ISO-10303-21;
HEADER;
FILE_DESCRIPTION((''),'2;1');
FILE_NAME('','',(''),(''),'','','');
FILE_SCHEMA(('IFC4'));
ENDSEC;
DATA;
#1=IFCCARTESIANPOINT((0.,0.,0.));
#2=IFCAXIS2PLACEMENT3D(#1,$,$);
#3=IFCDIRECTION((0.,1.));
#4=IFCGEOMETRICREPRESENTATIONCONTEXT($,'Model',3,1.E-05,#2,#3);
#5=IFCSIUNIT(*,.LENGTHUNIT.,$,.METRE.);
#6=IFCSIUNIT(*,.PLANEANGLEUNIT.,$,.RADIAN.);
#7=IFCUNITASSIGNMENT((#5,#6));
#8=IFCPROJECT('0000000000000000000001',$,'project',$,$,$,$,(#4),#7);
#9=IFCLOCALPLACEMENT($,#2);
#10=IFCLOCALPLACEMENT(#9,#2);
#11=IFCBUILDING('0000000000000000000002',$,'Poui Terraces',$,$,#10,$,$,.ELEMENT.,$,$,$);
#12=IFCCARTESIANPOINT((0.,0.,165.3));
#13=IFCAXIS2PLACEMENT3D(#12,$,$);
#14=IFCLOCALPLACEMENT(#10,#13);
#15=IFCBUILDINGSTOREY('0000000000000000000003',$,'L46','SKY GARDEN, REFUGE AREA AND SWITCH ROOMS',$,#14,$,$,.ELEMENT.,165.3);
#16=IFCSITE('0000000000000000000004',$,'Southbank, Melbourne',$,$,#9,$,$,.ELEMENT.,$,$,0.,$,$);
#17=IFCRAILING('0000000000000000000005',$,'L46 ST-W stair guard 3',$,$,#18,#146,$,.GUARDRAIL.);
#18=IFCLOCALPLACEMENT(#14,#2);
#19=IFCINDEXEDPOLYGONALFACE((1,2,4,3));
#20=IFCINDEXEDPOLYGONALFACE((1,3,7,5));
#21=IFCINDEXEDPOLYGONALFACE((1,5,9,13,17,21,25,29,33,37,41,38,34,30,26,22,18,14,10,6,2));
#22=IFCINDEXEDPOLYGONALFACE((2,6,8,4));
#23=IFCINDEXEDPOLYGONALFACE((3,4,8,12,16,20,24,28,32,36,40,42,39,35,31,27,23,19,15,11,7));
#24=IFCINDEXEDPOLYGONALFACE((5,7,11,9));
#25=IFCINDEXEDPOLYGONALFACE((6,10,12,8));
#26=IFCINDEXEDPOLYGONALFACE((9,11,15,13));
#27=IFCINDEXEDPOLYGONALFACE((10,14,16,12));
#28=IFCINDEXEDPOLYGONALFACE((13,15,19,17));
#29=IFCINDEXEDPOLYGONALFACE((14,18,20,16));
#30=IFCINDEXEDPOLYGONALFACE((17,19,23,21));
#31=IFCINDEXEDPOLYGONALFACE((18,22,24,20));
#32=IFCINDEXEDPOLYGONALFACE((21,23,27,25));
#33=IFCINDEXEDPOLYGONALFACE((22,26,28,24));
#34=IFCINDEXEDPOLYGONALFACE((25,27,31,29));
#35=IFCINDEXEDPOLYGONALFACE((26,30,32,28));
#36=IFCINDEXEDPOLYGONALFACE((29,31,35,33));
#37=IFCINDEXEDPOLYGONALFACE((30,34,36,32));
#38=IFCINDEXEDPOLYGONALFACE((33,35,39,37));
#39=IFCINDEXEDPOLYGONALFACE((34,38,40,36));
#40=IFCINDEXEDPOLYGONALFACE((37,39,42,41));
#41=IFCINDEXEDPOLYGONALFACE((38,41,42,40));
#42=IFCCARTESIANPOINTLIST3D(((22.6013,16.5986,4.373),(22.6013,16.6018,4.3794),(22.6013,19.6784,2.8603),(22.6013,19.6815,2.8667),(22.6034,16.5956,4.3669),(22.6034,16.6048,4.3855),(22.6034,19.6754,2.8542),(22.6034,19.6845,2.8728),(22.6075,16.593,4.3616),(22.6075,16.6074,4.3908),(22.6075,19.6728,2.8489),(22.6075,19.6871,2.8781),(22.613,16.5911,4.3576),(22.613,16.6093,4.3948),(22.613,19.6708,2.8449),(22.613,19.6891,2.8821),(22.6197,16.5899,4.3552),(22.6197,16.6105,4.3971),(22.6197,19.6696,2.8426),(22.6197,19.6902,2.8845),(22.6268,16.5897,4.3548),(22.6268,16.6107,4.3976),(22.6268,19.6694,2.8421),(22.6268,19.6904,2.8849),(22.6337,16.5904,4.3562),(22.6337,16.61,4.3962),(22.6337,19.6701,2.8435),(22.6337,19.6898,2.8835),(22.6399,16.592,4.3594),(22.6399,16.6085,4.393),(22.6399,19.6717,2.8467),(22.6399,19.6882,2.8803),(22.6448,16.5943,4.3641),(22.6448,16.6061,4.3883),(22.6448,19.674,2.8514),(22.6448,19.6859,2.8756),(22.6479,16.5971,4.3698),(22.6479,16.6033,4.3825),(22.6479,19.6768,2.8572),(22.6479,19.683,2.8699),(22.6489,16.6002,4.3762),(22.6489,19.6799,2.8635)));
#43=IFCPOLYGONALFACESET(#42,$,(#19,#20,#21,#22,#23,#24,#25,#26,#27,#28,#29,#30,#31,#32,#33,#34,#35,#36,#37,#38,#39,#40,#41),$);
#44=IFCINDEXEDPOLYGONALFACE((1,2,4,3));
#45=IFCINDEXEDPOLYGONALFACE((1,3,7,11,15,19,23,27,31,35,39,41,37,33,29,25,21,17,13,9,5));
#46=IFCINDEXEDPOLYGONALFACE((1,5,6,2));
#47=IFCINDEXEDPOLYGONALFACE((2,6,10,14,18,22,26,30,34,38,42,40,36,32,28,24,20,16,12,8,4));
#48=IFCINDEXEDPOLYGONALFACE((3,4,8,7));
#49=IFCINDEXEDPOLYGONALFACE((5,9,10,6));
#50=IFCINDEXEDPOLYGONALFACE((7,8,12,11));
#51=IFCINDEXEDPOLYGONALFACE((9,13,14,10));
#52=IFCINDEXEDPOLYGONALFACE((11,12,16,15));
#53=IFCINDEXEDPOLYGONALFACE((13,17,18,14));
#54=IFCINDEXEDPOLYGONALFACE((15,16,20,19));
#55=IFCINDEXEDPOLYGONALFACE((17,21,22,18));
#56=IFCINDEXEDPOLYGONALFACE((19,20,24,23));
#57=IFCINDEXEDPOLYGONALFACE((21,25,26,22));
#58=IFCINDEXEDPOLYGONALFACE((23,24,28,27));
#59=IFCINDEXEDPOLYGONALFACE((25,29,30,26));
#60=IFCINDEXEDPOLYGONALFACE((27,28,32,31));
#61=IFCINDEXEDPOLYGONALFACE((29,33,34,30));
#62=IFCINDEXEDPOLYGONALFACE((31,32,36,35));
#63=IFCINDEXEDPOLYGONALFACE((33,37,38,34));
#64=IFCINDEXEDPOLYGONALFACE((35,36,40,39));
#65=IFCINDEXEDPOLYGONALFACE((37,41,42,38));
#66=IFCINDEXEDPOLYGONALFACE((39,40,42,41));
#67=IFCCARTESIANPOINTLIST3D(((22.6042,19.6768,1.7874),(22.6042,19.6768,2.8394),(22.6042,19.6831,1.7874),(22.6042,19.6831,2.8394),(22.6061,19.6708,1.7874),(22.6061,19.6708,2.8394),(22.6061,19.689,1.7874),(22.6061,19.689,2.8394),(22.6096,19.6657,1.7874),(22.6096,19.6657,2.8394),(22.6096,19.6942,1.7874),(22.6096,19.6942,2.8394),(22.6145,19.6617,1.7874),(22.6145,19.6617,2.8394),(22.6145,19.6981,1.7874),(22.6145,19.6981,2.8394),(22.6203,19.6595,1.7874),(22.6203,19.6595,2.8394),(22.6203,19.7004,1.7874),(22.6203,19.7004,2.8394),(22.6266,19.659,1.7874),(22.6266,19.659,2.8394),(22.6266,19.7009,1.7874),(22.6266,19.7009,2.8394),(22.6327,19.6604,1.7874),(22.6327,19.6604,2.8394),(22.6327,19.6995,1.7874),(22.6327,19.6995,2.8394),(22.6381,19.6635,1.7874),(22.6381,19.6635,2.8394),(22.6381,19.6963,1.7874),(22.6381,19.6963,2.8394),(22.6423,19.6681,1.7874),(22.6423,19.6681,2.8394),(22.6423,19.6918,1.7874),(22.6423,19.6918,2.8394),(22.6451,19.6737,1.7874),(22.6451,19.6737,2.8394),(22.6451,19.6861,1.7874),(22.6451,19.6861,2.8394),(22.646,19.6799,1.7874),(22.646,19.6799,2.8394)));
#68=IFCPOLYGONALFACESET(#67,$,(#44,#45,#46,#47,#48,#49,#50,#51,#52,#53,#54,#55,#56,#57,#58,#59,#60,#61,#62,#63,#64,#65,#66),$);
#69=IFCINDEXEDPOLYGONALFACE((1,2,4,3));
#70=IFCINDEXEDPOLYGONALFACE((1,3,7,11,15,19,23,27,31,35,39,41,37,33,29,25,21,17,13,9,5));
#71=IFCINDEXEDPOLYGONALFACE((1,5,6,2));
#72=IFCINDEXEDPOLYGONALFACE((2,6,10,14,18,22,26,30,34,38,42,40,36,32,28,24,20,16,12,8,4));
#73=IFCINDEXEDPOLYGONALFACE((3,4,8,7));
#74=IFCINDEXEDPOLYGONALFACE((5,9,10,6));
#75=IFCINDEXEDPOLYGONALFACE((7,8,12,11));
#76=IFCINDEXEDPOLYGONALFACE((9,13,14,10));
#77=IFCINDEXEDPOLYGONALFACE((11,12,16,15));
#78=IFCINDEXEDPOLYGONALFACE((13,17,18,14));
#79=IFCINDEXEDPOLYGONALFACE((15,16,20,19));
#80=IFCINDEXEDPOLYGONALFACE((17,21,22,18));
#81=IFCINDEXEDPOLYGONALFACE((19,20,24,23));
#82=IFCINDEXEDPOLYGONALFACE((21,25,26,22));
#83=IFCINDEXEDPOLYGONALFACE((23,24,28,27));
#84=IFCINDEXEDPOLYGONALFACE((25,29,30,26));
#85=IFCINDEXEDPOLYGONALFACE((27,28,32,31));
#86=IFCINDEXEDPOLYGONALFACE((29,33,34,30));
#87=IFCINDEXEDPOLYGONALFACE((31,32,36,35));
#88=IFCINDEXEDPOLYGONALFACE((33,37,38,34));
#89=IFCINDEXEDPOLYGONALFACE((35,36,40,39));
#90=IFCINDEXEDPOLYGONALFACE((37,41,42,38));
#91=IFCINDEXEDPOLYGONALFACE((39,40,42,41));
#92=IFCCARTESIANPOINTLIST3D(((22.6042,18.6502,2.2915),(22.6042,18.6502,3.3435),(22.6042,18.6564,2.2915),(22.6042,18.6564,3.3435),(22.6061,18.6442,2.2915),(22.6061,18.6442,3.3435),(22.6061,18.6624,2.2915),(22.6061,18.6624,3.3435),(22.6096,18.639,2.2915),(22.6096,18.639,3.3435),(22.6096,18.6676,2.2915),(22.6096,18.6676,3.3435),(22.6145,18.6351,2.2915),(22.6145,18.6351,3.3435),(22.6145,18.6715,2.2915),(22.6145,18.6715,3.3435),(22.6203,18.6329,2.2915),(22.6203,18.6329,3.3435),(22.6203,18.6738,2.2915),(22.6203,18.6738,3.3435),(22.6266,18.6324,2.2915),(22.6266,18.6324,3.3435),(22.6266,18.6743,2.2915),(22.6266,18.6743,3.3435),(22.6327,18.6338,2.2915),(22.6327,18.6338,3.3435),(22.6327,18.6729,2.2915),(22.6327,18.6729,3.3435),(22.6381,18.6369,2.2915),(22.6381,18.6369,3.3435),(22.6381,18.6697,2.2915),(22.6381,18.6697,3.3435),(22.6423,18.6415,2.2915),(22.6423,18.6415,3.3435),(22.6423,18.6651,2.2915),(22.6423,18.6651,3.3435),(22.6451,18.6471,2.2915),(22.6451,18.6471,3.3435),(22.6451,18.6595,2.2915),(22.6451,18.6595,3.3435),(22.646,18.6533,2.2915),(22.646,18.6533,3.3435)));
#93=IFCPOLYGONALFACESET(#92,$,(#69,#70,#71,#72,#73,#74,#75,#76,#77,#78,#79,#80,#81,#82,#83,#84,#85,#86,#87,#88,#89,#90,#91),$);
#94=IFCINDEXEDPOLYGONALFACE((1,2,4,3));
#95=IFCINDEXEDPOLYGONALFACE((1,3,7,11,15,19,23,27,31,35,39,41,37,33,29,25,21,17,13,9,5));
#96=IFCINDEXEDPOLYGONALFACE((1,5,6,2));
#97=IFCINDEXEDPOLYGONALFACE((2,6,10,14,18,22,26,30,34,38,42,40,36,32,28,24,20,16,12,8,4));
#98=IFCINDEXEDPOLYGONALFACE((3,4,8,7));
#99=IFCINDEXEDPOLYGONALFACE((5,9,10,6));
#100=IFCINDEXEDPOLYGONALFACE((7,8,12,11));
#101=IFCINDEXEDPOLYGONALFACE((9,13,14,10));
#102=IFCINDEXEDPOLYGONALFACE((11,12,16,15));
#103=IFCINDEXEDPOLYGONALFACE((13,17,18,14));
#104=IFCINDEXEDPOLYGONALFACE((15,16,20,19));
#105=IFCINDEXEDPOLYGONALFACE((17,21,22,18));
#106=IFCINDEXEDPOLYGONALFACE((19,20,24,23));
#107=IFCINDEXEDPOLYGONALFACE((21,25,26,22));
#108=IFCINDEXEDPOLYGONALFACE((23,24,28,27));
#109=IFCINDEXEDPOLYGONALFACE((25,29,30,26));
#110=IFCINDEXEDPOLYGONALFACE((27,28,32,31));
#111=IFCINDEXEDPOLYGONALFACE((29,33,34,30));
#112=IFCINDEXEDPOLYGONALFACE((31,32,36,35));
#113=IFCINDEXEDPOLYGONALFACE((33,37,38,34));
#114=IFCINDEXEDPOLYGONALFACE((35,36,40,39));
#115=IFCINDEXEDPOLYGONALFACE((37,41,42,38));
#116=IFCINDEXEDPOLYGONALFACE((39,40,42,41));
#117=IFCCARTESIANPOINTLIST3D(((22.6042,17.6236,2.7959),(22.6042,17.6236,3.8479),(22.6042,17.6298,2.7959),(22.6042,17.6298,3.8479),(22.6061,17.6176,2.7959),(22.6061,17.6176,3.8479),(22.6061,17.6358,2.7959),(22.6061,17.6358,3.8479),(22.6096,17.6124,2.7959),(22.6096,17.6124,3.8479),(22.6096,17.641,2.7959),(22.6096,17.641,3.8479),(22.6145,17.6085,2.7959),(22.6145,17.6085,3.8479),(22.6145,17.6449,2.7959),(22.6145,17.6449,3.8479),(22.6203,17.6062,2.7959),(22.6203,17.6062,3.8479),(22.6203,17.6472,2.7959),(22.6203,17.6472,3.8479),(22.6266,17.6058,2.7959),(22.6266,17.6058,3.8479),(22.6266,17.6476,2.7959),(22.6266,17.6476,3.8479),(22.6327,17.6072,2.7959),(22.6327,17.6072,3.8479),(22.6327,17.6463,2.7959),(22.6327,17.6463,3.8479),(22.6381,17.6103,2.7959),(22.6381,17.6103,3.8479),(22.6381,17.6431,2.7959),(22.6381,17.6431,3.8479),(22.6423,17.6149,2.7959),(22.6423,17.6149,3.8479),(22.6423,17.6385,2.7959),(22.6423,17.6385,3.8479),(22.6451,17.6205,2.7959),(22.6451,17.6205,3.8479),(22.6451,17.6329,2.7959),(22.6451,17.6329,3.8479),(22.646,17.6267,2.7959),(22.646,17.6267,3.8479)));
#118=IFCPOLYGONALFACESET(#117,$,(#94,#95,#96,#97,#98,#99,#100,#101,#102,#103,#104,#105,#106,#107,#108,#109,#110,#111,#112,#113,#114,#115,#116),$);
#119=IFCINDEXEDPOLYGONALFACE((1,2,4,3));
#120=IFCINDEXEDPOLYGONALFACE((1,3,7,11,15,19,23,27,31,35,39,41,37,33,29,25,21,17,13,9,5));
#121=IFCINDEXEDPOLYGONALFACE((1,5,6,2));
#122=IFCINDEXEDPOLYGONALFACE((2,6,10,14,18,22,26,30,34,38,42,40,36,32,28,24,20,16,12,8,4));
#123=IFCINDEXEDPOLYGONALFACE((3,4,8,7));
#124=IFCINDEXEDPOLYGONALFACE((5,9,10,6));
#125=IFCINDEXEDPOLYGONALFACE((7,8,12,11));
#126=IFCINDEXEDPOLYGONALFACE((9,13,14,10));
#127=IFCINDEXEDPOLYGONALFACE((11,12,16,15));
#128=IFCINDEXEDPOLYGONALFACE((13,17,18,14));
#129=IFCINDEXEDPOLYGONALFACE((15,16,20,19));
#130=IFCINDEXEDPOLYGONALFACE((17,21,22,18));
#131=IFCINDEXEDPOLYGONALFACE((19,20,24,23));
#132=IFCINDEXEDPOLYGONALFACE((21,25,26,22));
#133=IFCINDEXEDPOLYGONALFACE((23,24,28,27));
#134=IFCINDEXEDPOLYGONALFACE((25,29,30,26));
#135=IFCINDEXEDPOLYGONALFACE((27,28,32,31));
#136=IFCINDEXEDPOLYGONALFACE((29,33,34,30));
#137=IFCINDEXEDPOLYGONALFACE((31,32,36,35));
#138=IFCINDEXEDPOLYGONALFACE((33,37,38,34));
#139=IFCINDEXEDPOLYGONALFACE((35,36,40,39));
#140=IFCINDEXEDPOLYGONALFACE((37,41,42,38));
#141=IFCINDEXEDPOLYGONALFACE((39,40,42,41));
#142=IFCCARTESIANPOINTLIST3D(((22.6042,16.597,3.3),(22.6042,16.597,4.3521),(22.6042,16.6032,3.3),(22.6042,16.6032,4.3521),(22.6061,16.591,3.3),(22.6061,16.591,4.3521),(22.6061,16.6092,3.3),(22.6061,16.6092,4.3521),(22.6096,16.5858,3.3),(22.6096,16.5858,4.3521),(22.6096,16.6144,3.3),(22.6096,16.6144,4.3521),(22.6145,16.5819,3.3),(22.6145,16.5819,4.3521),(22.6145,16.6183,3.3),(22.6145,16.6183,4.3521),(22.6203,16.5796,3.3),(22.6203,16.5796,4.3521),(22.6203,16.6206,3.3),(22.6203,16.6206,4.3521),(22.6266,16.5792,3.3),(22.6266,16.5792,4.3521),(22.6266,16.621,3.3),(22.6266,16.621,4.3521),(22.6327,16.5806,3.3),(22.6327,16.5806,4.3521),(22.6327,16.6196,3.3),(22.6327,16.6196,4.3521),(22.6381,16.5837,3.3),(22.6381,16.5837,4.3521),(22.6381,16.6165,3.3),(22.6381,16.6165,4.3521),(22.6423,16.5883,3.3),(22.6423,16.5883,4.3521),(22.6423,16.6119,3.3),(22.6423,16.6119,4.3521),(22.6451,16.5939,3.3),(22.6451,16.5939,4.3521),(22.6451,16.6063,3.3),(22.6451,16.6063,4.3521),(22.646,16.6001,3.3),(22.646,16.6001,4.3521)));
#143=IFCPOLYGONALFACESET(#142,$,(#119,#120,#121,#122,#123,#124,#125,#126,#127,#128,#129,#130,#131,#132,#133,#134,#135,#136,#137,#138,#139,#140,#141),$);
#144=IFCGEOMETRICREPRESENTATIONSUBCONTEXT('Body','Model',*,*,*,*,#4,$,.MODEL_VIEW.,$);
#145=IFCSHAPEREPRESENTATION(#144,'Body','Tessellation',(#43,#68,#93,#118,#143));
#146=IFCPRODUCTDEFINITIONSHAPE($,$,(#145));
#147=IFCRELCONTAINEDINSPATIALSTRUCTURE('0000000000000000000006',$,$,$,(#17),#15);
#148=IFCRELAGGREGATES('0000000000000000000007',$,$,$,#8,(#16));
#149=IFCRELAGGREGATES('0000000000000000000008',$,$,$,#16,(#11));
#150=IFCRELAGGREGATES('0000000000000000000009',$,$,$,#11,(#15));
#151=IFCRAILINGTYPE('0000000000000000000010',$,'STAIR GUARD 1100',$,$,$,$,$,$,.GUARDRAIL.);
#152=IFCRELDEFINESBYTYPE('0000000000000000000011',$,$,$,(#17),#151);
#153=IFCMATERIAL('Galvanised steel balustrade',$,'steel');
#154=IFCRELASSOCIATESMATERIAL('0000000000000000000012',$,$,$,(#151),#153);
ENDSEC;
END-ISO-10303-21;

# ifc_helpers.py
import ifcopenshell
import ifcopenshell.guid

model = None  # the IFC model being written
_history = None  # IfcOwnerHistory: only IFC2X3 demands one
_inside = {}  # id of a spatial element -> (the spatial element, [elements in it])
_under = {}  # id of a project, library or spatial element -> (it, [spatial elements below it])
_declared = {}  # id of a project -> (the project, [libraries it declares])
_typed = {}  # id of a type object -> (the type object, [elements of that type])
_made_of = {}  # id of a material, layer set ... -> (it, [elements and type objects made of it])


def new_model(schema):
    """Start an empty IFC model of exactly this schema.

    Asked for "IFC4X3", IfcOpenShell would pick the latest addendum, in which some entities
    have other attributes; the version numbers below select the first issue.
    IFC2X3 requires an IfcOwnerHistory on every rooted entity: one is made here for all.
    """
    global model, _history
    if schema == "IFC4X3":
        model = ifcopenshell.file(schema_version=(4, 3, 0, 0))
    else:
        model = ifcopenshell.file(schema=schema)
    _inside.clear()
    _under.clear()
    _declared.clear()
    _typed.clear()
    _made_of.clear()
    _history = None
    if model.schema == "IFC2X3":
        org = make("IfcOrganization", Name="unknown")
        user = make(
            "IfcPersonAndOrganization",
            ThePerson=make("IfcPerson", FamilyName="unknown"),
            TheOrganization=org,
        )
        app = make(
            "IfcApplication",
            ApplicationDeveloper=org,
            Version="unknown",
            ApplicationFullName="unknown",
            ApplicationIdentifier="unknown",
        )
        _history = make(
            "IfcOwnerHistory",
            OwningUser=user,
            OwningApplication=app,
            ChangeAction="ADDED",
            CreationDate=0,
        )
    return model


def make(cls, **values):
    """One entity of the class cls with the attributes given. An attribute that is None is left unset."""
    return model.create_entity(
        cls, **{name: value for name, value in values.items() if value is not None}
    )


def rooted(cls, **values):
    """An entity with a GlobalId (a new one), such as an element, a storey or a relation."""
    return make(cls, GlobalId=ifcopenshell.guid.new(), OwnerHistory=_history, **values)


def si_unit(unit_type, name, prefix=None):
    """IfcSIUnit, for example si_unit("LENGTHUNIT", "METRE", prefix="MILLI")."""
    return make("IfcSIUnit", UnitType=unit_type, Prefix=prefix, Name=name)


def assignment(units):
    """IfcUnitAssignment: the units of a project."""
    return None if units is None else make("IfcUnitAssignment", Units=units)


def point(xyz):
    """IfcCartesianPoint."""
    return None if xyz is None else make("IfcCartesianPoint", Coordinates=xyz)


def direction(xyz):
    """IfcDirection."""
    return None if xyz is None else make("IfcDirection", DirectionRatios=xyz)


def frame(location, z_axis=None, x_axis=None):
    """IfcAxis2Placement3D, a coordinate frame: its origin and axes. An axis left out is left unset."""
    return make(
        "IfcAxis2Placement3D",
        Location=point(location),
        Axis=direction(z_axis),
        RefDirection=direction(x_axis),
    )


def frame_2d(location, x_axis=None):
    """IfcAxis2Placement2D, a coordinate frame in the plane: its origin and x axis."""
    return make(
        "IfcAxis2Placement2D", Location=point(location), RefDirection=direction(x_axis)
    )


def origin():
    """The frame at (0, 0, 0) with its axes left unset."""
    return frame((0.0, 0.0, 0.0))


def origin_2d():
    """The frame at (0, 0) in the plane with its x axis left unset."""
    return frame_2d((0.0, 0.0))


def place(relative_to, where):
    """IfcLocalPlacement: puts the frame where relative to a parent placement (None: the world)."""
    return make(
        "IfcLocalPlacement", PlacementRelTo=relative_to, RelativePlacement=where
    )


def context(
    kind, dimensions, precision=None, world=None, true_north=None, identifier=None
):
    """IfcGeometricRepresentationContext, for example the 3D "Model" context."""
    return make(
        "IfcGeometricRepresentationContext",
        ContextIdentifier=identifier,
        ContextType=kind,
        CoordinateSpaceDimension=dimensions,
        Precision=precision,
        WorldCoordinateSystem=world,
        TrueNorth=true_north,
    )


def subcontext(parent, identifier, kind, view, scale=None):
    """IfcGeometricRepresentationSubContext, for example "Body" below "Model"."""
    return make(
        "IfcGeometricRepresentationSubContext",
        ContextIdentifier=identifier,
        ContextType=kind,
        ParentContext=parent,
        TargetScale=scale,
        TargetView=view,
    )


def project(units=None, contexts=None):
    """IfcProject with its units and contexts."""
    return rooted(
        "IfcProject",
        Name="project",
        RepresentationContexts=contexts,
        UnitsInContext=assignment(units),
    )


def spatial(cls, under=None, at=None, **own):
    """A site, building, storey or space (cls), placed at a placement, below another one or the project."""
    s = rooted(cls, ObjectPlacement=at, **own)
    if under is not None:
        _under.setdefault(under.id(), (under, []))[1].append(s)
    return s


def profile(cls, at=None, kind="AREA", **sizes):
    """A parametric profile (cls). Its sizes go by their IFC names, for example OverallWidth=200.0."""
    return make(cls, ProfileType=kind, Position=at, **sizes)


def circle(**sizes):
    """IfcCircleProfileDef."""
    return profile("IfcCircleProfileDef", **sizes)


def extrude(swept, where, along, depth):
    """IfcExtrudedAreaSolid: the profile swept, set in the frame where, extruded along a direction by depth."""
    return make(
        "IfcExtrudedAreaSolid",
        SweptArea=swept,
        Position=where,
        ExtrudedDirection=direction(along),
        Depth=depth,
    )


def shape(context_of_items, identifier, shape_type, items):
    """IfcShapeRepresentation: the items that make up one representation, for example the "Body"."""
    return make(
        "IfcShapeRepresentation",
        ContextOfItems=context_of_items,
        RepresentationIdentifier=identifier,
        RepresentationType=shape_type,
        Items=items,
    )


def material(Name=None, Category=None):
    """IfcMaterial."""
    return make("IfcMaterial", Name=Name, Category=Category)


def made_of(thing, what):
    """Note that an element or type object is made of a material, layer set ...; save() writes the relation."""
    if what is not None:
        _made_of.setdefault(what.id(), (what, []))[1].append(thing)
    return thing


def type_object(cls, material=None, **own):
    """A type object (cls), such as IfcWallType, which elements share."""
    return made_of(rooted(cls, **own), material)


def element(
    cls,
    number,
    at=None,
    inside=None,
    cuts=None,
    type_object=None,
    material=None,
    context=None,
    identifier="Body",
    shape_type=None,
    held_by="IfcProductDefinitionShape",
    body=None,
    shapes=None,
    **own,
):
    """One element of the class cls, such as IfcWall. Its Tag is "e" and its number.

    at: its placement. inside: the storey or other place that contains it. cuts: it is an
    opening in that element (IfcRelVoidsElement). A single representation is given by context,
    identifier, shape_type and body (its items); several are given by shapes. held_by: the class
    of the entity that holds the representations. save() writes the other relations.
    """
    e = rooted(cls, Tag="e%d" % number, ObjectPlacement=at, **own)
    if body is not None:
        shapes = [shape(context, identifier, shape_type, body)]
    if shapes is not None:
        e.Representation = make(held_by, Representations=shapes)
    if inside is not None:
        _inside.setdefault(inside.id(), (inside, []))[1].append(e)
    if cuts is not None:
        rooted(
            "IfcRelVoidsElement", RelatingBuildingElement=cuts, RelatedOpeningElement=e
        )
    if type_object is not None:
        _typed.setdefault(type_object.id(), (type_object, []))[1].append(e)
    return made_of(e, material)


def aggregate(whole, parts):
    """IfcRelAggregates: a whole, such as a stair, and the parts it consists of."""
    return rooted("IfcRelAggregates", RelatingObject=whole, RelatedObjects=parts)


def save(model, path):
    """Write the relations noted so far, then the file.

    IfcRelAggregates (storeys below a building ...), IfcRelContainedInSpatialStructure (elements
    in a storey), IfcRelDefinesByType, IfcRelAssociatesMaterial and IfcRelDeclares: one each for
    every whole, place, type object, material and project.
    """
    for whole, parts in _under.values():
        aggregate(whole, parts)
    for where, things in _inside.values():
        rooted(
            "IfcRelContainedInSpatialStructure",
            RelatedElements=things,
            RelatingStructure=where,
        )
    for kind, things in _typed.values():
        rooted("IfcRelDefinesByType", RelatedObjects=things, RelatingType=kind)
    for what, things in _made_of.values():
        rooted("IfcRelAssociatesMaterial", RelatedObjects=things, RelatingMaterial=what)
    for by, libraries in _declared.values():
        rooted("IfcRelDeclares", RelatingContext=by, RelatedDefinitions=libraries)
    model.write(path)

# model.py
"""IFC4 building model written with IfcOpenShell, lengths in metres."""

from ifc_helpers import new_model, si_unit, direction, frame, origin, origin_2d, place, context, subcontext, project, spatial, circle, extrude, material, type_object, element, save


model = new_model("IFC4")

# Units and contexts
model_context = context("Model", 3, precision=1e-05, world=origin(), true_north=direction((0.0, 1.0)))
body_context = subcontext(model_context, "Body", "Model", "MODEL_VIEW")
ifc_project = project(units=[si_unit("LENGTHUNIT", "METRE"), si_unit("PLANEANGLEUNIT", "RADIAN")], contexts=[model_context])

# Site, building, storey
site_placement = place(None, origin())
site = spatial("IfcSite", under=ifc_project, at=site_placement, Name="Southbank, Melbourne", CompositionType="ELEMENT", RefElevation=0.0)
building_placement = place(site_placement, origin())
building = spatial("IfcBuilding", under=site, at=building_placement, Name="Poui Terraces", CompositionType="ELEMENT")
storey_placement = place(building_placement, frame((0.0, 0.0, 165.3)))
storey = spatial("IfcBuildingStorey", under=building, at=storey_placement, Name="L46", Description="SKY GARDEN, REFUGE AREA AND SWITCH ROOMS", CompositionType="ELEMENT", Elevation=165.3)

# Railing
ifc_material_1 = material(Name="Galvanised steel balustrade", Category="steel")
railing_type_1 = type_object("IfcRailingType", Name="STAIR GUARD 1100", PredefinedType="GUARDRAIL", material=ifc_material_1)
railing_1_placement = place(storey_placement, frame((22.625, 19.6799, 1.7874)))
element("IfcRailing", 1, at=railing_1_placement, inside=storey, type_object=railing_type_1, Name="L46 ST-W stair guard 3", PredefinedType="GUARDRAIL", context=body_context, shape_type="SweptSolid", body=[
    extrude(circle(Radius=0.0239, at=origin_2d()), frame((0.0, 0.0, 1.0762), z_axis=(0.0, -0.897578, 0.440856), x_axis=(1.0, 0.0, 0.0)), (0.0, 0.0, 1.0), 3.4312),
    extrude(circle(Radius=0.021, at=origin_2d()), origin(), (0.0, 0.0, 1.0), 1.052),
    extrude(circle(Radius=0.021, at=origin_2d()), frame((0.0, -1.0266, 0.5042)), (0.0, 0.0, 1.0), 1.052),
    extrude(circle(Radius=0.021, at=origin_2d()), frame((0.0, -2.0532, 1.0085)), (0.0, 0.0, 1.0), 1.052),
    extrude(circle(Radius=0.021, at=origin_2d()), frame((0.0, -3.0798, 1.5127)), (0.0, 0.0, 1.0), 1.052),
])

save(model, "model.ifc")
